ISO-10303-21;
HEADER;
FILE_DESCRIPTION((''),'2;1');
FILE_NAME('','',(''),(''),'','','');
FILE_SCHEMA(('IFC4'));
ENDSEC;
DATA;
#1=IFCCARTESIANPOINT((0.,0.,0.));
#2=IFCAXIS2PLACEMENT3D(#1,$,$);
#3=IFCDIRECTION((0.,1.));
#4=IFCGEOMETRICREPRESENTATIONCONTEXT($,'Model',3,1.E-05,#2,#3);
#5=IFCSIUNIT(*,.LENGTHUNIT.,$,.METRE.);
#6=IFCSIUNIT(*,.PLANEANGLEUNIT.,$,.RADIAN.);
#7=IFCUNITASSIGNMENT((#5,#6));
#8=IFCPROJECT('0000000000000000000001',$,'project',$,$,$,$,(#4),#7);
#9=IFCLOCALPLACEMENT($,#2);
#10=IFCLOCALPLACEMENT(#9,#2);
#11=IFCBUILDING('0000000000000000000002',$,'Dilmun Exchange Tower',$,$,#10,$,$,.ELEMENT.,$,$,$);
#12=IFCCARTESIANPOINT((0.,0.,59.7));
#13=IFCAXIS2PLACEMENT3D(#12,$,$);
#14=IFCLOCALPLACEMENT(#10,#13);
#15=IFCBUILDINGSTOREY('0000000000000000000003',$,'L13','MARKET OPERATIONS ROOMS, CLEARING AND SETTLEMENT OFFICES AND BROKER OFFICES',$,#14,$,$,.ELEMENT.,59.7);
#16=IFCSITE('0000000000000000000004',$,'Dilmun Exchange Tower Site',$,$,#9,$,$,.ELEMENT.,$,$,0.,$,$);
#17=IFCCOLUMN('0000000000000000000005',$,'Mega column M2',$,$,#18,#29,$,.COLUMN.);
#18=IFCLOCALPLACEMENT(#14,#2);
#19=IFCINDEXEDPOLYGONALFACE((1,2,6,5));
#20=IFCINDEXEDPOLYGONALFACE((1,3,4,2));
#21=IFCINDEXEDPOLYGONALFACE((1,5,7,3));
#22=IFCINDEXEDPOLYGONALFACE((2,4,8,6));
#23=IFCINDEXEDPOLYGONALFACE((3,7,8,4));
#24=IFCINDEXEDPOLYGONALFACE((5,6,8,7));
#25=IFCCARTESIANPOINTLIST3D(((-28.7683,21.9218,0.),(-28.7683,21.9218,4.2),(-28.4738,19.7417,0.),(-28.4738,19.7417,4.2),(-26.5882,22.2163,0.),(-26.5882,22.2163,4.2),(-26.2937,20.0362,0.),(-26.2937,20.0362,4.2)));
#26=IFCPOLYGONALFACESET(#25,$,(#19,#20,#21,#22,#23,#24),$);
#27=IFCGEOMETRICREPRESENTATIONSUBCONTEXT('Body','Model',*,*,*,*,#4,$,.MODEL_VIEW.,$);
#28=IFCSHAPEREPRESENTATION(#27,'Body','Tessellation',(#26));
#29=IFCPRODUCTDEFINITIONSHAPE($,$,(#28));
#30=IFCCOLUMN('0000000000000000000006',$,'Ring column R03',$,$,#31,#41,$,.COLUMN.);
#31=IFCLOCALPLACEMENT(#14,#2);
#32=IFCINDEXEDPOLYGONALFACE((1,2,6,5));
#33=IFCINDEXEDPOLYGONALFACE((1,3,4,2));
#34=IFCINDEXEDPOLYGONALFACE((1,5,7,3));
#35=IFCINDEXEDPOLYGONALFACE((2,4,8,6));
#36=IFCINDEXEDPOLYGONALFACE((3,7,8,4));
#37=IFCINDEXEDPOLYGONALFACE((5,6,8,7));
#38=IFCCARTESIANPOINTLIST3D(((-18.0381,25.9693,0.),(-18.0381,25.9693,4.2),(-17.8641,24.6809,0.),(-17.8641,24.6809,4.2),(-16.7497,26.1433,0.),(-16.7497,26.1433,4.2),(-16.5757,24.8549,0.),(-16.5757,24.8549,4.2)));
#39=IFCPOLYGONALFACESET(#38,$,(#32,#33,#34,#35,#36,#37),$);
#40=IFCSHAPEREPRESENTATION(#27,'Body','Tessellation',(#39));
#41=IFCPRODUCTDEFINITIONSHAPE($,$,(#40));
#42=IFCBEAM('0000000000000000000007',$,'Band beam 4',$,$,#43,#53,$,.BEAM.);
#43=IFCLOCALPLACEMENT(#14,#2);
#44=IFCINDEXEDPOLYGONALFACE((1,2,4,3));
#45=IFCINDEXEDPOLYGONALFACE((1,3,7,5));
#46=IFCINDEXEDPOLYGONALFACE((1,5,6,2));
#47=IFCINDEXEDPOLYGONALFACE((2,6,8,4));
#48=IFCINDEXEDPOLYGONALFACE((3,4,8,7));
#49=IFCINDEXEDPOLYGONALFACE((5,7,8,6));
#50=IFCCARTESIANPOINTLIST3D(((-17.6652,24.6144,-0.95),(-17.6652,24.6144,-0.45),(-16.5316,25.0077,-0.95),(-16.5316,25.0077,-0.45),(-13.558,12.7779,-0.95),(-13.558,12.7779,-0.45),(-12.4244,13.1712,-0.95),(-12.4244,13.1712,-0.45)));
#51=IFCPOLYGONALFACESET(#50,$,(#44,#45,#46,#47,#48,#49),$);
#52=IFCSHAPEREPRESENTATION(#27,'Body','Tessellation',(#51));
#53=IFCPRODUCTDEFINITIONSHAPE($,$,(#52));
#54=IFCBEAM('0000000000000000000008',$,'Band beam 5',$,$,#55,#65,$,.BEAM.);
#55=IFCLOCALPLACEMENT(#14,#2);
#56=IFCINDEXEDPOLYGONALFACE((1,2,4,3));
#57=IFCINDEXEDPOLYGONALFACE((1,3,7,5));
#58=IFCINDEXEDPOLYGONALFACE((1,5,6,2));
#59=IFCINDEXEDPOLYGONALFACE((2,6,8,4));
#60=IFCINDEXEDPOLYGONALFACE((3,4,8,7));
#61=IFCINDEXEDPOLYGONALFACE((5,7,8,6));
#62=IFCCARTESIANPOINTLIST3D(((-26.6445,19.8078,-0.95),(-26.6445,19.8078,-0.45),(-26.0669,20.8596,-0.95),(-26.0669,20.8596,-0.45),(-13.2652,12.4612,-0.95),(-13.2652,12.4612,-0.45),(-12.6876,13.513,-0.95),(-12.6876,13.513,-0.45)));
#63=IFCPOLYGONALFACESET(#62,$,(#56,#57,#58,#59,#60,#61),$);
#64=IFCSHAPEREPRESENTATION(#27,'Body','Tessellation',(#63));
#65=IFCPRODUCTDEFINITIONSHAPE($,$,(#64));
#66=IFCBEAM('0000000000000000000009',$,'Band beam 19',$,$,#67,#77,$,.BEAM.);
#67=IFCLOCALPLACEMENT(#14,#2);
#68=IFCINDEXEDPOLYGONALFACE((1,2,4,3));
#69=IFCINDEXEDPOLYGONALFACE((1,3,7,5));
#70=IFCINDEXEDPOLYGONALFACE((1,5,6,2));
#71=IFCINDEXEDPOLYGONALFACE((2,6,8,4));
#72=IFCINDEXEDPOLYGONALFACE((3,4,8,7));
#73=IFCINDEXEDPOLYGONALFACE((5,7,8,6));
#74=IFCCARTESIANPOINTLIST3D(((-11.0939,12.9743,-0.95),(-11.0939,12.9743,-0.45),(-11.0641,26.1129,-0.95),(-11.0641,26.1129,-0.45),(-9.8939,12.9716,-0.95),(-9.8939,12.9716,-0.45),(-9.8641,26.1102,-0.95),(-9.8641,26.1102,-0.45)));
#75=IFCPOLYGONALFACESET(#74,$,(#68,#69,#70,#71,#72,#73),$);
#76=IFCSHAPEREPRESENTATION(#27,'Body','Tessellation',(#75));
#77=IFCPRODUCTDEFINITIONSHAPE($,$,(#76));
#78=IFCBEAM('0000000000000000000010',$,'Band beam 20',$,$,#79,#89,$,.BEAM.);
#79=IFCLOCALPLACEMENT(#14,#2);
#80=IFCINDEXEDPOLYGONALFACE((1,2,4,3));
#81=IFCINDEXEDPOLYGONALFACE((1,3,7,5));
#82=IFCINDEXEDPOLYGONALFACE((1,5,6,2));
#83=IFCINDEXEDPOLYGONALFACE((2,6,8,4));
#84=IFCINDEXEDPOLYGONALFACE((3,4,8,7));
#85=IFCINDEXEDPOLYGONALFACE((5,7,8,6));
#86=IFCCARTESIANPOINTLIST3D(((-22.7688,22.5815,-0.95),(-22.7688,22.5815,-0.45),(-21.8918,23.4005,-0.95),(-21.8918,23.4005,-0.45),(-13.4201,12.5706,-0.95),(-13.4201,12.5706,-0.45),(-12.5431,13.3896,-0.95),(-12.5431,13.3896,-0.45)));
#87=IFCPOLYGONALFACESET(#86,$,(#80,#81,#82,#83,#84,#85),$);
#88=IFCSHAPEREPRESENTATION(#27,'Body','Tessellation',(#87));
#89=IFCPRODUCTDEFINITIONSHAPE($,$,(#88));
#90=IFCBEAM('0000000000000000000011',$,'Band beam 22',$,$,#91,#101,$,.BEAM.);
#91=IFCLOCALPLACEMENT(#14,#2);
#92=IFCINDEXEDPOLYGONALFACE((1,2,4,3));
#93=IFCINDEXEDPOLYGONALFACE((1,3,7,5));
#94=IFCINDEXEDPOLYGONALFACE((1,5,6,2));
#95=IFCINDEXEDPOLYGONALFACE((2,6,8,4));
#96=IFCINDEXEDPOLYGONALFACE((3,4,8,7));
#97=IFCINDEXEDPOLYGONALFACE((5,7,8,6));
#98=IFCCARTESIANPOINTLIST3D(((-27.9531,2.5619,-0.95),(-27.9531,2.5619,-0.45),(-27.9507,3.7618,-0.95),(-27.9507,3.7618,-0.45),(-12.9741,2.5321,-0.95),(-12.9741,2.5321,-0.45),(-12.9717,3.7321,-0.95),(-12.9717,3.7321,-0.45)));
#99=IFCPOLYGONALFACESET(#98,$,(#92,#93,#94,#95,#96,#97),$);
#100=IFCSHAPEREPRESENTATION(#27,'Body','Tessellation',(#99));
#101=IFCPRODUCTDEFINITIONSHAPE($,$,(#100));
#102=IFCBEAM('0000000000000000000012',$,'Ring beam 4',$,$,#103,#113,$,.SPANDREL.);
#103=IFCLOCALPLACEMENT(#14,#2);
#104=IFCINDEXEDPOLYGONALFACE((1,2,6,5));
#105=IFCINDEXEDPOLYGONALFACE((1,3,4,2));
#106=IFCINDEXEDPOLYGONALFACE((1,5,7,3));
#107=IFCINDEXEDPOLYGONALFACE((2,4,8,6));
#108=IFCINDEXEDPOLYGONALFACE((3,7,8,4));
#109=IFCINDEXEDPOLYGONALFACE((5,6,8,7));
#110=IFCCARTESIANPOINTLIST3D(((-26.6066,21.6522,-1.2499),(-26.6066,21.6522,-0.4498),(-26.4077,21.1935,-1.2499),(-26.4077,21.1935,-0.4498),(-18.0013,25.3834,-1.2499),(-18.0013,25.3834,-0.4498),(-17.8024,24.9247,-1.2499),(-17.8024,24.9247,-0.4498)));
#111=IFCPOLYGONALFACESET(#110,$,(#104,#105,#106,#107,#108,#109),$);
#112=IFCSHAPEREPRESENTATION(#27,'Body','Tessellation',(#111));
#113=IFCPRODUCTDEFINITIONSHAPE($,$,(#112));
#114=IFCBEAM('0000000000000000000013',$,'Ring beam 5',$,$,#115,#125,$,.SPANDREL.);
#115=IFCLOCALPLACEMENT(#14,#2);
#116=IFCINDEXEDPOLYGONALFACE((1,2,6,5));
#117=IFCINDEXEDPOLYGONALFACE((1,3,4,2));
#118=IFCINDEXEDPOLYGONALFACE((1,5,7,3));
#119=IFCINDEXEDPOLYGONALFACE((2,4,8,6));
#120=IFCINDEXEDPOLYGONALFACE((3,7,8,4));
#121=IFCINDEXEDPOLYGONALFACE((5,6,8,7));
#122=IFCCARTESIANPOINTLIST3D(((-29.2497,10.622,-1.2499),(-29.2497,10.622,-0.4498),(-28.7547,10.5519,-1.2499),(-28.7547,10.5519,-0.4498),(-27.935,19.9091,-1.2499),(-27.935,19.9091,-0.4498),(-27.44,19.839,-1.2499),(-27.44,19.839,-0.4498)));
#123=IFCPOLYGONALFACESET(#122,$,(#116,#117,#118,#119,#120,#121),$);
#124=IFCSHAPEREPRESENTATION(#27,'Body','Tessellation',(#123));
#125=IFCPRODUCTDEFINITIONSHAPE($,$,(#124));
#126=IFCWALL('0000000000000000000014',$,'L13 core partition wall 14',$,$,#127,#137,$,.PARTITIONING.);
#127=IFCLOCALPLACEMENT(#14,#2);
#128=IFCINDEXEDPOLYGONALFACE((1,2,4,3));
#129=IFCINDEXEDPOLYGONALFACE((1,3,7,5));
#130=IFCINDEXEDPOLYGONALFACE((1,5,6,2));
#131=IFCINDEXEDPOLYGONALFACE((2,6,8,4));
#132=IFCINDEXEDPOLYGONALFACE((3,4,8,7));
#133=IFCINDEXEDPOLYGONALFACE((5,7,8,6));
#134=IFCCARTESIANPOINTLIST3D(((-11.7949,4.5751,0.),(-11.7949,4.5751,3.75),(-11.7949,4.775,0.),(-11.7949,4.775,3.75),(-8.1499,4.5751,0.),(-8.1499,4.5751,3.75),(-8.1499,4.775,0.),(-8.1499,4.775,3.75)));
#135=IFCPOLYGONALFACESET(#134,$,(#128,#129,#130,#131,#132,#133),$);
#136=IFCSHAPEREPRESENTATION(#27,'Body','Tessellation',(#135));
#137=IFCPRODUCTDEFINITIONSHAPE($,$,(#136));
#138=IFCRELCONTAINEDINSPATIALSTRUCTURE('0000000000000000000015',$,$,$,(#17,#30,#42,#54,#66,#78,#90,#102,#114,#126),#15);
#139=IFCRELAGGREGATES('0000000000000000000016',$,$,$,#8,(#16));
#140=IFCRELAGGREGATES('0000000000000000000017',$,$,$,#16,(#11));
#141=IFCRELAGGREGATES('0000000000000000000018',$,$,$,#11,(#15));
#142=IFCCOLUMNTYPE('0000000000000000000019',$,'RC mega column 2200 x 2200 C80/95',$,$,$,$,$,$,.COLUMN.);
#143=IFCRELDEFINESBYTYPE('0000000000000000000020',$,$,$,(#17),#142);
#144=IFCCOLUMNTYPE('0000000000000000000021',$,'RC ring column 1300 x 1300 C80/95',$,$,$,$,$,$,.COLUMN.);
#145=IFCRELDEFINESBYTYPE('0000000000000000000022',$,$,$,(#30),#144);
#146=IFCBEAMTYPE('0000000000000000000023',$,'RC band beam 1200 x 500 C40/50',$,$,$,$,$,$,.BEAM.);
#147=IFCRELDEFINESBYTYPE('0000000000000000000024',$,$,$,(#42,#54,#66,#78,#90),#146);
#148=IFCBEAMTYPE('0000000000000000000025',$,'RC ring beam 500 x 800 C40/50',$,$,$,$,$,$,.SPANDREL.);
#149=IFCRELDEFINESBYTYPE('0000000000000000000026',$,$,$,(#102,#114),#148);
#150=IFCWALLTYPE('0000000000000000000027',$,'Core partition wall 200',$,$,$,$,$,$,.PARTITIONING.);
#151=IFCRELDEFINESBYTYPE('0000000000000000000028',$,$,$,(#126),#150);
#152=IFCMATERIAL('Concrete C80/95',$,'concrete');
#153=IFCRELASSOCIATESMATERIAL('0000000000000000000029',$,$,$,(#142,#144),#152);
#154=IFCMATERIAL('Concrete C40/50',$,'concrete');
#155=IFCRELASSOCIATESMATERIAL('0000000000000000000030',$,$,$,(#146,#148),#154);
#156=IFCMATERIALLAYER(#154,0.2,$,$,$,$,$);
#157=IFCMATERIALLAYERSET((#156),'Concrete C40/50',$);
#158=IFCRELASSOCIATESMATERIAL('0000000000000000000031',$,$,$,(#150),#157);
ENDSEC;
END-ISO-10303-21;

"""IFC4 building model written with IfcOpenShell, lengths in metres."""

from ifc_helpers import new_model, si_unit, direction, frame, frame_2d, origin, origin_2d, place, context, subcontext, project, spatial, rectangle, extrude, material, layer, layer_set, material_profile, profile_set, type_object, element, save


model = new_model("IFC4")

# Units and contexts
model_context = context("Model", 3, precision=1e-05, world=origin(), true_north=direction((0.0, 1.0)))
body_context = subcontext(model_context, "Body", "Model", "MODEL_VIEW")
ifc_project = project(units=[si_unit("LENGTHUNIT", "METRE"), si_unit("PLANEANGLEUNIT", "RADIAN")], contexts=[model_context])

# Site, building, storey
site_placement = place(None, origin())
site = spatial("IfcSite", under=ifc_project, at=site_placement, Name="Dilmun Exchange Tower Site", CompositionType="ELEMENT", RefElevation=0.0)
building_placement = place(site_placement, origin())
building = spatial("IfcBuilding", under=site, at=building_placement, Name="Dilmun Exchange Tower", CompositionType="ELEMENT")
storey_placement = place(building_placement, frame((0.0, 0.0, 59.7)))
storey = spatial("IfcBuildingStorey", under=building, at=storey_placement, Name="L13", Description="MARKET OPERATIONS ROOMS, CLEARING AND SETTLEMENT OFFICES AND BROKER OFFICES", CompositionType="ELEMENT", Elevation=59.7)

# Columns
ifc_material_1 = material(Name="Concrete C80/95", Category="concrete")
ifc_material_profile_1 = material_profile(ifc_material_1, rectangle(XDim=2.2, YDim=2.2, at=origin_2d()), Name="2200 x 2200")
ifc_profile_set_1 = profile_set([ifc_material_profile_1], Name="Concrete C80/95")
column_type_1 = type_object("IfcColumnType", Name="RC mega column 2200 x 2200 C80/95", PredefinedType="COLUMN", material=ifc_profile_set_1)
column_1_placement = place(storey_placement, frame((-27.531, 20.979, 0.0), z_axis=(0.0, 0.0, 1.0), x_axis=(0.991001, 0.133853, 0.0)))
element("IfcColumn", 1, at=column_1_placement, inside=storey, type_object=column_type_1, Name="Mega column M2", PredefinedType="COLUMN", context=body_context, shape_type="SweptSolid", body=[
    extrude(rectangle(XDim=2.2, YDim=2.2, at=origin_2d()), origin(), (0.0, 0.0, 1.0), 4.2),
])
ifc_material_profile_2 = material_profile(ifc_material_1, rectangle(XDim=1.3, YDim=1.3, at=origin_2d()), Name="1300 x 1300")
ifc_profile_set_2 = profile_set([ifc_material_profile_2], Name="Concrete C80/95")
column_type_2 = type_object("IfcColumnType", Name="RC ring column 1300 x 1300 C80/95", PredefinedType="COLUMN", material=ifc_profile_set_2)
column_2_placement = place(storey_placement, frame((-17.3069, 25.4121, 0.0), z_axis=(0.0, 0.0, 1.0), x_axis=(0.991001, 0.133853, 0.0)))
element("IfcColumn", 2, at=column_2_placement, inside=storey, type_object=column_type_2, Name="Ring column R03", PredefinedType="COLUMN", context=body_context, shape_type="SweptSolid", body=[
    extrude(rectangle(XDim=1.3, YDim=1.3, at=origin_2d()), origin(), (0.0, 0.0, 1.0), 4.2),
])

# Beams
ifc_material_2 = material(Name="Concrete C40/50", Category="concrete")
ifc_material_profile_3 = material_profile(ifc_material_2, rectangle(XDim=1.2, YDim=0.5, at=origin_2d()), Name="1200 x 500")
ifc_profile_set_3 = profile_set([ifc_material_profile_3], Name="Concrete C40/50")
beam_type_1 = type_object("IfcBeamType", Name="RC band beam 1200 x 500 C40/50", PredefinedType="BEAM", material=ifc_profile_set_3)
beam_1_placement = place(storey_placement, frame((-17.0984, 24.811, -0.7), z_axis=(0.32782, -0.94474, 0.0), x_axis=(0.94474, 0.32782, 0.0)))
element("IfcBeam", 3, at=beam_1_placement, inside=storey, type_object=beam_type_1, Name="Band beam 4", PredefinedType="BEAM", context=body_context, shape_type="SweptSolid", body=[
    extrude(rectangle(XDim=1.2, YDim=0.5, at=origin_2d()), origin(), (0.0, 0.0, 1.0), 12.5288),
])
beam_2_placement = place(storey_placement, frame((-26.3557, 20.3337, -0.7), z_axis=(0.876547, -0.481316, 0.0), x_axis=(0.481316, 0.876547, 0.0)))
element("IfcBeam", 4, at=beam_2_placement, inside=storey, type_object=beam_type_1, Name="Band beam 5", PredefinedType="BEAM", context=body_context, shape_type="SweptSolid", body=[
    extrude(rectangle(XDim=1.2, YDim=0.5, at=origin_2d()), origin(), (0.0, 0.0, 1.0), 15.2637),
])
beam_3_placement = place(storey_placement, frame((-10.4641, 26.1116, -0.7), z_axis=(-0.002267, -0.999997, 0.0), x_axis=(0.999997, -0.002267, 0.0)))
element("IfcBeam", 5, at=beam_3_placement, inside=storey, type_object=beam_type_1, Name="Band beam 19", PredefinedType="BEAM", context=body_context, shape_type="SweptSolid", body=[
    extrude(rectangle(XDim=1.2, YDim=0.5, at=origin_2d()), origin(), (0.0, 0.0, 1.0), 13.1387),
])
beam_4_placement = place(storey_placement, frame((-22.3303, 22.991, -0.7), z_axis=(0.682524, -0.730863, 0.0), x_axis=(0.730863, 0.682524, 0.0)))
element("IfcBeam", 6, at=beam_4_placement, inside=storey, type_object=beam_type_1, Name="Band beam 20", PredefinedType="BEAM", context=body_context, shape_type="SweptSolid", body=[
    extrude(rectangle(XDim=1.2, YDim=0.5, at=origin_2d()), origin(), (0.0, 0.0, 1.0), 13.6973),
])
beam_5_placement = place(storey_placement, frame((-27.9519, 3.1619, -0.7), z_axis=(0.999998, -0.001988, 0.0), x_axis=(0.001988, 0.999998, 0.0)))
element("IfcBeam", 7, at=beam_5_placement, inside=storey, type_object=beam_type_1, Name="Band beam 22", PredefinedType="BEAM", context=body_context, shape_type="SweptSolid", body=[
    extrude(rectangle(XDim=1.2, YDim=0.5, at=origin_2d()), origin(), (0.0, 0.0, 1.0), 14.979),
])
ifc_material_profile_4 = material_profile(ifc_material_2, rectangle(XDim=0.5, YDim=0.8, at=origin_2d()), Name="500 x 800")
ifc_profile_set_4 = profile_set([ifc_material_profile_4], Name="Concrete C40/50")
beam_type_2 = type_object("IfcBeamType", Name="RC ring beam 500 x 800 C40/50", PredefinedType="SPANDREL", material=ifc_profile_set_4)
beam_6_placement = place(storey_placement, frame((-17.9019, 25.1541, -0.8499), z_axis=(-0.917467, -0.397811, 0.0), x_axis=(0.397811, -0.917467, 0.0)))
element("IfcBeam", 8, at=beam_6_placement, inside=storey, type_object=beam_type_2, Name="Ring beam 4", PredefinedType="SPANDREL", context=body_context, shape_type="SweptSolid", body=[
    extrude(rectangle(XDim=0.5, YDim=0.8, at=origin_2d()), origin(), (0.0, 0.0, 1.0), 9.3794),
])
beam_7_placement = place(storey_placement, frame((-27.6875, 19.874, -0.8499), z_axis=(-0.140164, -0.990128, 0.0), x_axis=(0.990128, -0.140164, 0.0)))
element("IfcBeam", 9, at=beam_7_placement, inside=storey, type_object=beam_type_2, Name="Ring beam 5", PredefinedType="SPANDREL", context=body_context, shape_type="SweptSolid", body=[
    extrude(rectangle(XDim=0.5, YDim=0.8, at=origin_2d()), origin(), (0.0, 0.0, 1.0), 9.3796),
])

# Wall
ifc_layer_1 = layer(ifc_material_2, 0.2)
ifc_layer_set_1 = layer_set([ifc_layer_1], Name="Concrete C40/50")
wall_type_1 = type_object("IfcWallType", Name="Core partition wall 200", PredefinedType="PARTITIONING", material=ifc_layer_set_1)
wall_1_placement = place(storey_placement, frame((-11.7949, 4.675, 0.0), z_axis=(0.0, 0.0, 1.0), x_axis=(1.0, 0.0, 0.0)))
element("IfcWall", 10, at=wall_1_placement, inside=storey, type_object=wall_type_1, Name="L13 core partition wall 14", PredefinedType="PARTITIONING", context=body_context, shape_type="SweptSolid", body=[
    extrude(rectangle(XDim=3.645, YDim=0.2, at=frame_2d((1.8225, 0.0))), origin(), (0.0, 0.0, 1.0), 3.75),
])

save(model, "model.ifc")
